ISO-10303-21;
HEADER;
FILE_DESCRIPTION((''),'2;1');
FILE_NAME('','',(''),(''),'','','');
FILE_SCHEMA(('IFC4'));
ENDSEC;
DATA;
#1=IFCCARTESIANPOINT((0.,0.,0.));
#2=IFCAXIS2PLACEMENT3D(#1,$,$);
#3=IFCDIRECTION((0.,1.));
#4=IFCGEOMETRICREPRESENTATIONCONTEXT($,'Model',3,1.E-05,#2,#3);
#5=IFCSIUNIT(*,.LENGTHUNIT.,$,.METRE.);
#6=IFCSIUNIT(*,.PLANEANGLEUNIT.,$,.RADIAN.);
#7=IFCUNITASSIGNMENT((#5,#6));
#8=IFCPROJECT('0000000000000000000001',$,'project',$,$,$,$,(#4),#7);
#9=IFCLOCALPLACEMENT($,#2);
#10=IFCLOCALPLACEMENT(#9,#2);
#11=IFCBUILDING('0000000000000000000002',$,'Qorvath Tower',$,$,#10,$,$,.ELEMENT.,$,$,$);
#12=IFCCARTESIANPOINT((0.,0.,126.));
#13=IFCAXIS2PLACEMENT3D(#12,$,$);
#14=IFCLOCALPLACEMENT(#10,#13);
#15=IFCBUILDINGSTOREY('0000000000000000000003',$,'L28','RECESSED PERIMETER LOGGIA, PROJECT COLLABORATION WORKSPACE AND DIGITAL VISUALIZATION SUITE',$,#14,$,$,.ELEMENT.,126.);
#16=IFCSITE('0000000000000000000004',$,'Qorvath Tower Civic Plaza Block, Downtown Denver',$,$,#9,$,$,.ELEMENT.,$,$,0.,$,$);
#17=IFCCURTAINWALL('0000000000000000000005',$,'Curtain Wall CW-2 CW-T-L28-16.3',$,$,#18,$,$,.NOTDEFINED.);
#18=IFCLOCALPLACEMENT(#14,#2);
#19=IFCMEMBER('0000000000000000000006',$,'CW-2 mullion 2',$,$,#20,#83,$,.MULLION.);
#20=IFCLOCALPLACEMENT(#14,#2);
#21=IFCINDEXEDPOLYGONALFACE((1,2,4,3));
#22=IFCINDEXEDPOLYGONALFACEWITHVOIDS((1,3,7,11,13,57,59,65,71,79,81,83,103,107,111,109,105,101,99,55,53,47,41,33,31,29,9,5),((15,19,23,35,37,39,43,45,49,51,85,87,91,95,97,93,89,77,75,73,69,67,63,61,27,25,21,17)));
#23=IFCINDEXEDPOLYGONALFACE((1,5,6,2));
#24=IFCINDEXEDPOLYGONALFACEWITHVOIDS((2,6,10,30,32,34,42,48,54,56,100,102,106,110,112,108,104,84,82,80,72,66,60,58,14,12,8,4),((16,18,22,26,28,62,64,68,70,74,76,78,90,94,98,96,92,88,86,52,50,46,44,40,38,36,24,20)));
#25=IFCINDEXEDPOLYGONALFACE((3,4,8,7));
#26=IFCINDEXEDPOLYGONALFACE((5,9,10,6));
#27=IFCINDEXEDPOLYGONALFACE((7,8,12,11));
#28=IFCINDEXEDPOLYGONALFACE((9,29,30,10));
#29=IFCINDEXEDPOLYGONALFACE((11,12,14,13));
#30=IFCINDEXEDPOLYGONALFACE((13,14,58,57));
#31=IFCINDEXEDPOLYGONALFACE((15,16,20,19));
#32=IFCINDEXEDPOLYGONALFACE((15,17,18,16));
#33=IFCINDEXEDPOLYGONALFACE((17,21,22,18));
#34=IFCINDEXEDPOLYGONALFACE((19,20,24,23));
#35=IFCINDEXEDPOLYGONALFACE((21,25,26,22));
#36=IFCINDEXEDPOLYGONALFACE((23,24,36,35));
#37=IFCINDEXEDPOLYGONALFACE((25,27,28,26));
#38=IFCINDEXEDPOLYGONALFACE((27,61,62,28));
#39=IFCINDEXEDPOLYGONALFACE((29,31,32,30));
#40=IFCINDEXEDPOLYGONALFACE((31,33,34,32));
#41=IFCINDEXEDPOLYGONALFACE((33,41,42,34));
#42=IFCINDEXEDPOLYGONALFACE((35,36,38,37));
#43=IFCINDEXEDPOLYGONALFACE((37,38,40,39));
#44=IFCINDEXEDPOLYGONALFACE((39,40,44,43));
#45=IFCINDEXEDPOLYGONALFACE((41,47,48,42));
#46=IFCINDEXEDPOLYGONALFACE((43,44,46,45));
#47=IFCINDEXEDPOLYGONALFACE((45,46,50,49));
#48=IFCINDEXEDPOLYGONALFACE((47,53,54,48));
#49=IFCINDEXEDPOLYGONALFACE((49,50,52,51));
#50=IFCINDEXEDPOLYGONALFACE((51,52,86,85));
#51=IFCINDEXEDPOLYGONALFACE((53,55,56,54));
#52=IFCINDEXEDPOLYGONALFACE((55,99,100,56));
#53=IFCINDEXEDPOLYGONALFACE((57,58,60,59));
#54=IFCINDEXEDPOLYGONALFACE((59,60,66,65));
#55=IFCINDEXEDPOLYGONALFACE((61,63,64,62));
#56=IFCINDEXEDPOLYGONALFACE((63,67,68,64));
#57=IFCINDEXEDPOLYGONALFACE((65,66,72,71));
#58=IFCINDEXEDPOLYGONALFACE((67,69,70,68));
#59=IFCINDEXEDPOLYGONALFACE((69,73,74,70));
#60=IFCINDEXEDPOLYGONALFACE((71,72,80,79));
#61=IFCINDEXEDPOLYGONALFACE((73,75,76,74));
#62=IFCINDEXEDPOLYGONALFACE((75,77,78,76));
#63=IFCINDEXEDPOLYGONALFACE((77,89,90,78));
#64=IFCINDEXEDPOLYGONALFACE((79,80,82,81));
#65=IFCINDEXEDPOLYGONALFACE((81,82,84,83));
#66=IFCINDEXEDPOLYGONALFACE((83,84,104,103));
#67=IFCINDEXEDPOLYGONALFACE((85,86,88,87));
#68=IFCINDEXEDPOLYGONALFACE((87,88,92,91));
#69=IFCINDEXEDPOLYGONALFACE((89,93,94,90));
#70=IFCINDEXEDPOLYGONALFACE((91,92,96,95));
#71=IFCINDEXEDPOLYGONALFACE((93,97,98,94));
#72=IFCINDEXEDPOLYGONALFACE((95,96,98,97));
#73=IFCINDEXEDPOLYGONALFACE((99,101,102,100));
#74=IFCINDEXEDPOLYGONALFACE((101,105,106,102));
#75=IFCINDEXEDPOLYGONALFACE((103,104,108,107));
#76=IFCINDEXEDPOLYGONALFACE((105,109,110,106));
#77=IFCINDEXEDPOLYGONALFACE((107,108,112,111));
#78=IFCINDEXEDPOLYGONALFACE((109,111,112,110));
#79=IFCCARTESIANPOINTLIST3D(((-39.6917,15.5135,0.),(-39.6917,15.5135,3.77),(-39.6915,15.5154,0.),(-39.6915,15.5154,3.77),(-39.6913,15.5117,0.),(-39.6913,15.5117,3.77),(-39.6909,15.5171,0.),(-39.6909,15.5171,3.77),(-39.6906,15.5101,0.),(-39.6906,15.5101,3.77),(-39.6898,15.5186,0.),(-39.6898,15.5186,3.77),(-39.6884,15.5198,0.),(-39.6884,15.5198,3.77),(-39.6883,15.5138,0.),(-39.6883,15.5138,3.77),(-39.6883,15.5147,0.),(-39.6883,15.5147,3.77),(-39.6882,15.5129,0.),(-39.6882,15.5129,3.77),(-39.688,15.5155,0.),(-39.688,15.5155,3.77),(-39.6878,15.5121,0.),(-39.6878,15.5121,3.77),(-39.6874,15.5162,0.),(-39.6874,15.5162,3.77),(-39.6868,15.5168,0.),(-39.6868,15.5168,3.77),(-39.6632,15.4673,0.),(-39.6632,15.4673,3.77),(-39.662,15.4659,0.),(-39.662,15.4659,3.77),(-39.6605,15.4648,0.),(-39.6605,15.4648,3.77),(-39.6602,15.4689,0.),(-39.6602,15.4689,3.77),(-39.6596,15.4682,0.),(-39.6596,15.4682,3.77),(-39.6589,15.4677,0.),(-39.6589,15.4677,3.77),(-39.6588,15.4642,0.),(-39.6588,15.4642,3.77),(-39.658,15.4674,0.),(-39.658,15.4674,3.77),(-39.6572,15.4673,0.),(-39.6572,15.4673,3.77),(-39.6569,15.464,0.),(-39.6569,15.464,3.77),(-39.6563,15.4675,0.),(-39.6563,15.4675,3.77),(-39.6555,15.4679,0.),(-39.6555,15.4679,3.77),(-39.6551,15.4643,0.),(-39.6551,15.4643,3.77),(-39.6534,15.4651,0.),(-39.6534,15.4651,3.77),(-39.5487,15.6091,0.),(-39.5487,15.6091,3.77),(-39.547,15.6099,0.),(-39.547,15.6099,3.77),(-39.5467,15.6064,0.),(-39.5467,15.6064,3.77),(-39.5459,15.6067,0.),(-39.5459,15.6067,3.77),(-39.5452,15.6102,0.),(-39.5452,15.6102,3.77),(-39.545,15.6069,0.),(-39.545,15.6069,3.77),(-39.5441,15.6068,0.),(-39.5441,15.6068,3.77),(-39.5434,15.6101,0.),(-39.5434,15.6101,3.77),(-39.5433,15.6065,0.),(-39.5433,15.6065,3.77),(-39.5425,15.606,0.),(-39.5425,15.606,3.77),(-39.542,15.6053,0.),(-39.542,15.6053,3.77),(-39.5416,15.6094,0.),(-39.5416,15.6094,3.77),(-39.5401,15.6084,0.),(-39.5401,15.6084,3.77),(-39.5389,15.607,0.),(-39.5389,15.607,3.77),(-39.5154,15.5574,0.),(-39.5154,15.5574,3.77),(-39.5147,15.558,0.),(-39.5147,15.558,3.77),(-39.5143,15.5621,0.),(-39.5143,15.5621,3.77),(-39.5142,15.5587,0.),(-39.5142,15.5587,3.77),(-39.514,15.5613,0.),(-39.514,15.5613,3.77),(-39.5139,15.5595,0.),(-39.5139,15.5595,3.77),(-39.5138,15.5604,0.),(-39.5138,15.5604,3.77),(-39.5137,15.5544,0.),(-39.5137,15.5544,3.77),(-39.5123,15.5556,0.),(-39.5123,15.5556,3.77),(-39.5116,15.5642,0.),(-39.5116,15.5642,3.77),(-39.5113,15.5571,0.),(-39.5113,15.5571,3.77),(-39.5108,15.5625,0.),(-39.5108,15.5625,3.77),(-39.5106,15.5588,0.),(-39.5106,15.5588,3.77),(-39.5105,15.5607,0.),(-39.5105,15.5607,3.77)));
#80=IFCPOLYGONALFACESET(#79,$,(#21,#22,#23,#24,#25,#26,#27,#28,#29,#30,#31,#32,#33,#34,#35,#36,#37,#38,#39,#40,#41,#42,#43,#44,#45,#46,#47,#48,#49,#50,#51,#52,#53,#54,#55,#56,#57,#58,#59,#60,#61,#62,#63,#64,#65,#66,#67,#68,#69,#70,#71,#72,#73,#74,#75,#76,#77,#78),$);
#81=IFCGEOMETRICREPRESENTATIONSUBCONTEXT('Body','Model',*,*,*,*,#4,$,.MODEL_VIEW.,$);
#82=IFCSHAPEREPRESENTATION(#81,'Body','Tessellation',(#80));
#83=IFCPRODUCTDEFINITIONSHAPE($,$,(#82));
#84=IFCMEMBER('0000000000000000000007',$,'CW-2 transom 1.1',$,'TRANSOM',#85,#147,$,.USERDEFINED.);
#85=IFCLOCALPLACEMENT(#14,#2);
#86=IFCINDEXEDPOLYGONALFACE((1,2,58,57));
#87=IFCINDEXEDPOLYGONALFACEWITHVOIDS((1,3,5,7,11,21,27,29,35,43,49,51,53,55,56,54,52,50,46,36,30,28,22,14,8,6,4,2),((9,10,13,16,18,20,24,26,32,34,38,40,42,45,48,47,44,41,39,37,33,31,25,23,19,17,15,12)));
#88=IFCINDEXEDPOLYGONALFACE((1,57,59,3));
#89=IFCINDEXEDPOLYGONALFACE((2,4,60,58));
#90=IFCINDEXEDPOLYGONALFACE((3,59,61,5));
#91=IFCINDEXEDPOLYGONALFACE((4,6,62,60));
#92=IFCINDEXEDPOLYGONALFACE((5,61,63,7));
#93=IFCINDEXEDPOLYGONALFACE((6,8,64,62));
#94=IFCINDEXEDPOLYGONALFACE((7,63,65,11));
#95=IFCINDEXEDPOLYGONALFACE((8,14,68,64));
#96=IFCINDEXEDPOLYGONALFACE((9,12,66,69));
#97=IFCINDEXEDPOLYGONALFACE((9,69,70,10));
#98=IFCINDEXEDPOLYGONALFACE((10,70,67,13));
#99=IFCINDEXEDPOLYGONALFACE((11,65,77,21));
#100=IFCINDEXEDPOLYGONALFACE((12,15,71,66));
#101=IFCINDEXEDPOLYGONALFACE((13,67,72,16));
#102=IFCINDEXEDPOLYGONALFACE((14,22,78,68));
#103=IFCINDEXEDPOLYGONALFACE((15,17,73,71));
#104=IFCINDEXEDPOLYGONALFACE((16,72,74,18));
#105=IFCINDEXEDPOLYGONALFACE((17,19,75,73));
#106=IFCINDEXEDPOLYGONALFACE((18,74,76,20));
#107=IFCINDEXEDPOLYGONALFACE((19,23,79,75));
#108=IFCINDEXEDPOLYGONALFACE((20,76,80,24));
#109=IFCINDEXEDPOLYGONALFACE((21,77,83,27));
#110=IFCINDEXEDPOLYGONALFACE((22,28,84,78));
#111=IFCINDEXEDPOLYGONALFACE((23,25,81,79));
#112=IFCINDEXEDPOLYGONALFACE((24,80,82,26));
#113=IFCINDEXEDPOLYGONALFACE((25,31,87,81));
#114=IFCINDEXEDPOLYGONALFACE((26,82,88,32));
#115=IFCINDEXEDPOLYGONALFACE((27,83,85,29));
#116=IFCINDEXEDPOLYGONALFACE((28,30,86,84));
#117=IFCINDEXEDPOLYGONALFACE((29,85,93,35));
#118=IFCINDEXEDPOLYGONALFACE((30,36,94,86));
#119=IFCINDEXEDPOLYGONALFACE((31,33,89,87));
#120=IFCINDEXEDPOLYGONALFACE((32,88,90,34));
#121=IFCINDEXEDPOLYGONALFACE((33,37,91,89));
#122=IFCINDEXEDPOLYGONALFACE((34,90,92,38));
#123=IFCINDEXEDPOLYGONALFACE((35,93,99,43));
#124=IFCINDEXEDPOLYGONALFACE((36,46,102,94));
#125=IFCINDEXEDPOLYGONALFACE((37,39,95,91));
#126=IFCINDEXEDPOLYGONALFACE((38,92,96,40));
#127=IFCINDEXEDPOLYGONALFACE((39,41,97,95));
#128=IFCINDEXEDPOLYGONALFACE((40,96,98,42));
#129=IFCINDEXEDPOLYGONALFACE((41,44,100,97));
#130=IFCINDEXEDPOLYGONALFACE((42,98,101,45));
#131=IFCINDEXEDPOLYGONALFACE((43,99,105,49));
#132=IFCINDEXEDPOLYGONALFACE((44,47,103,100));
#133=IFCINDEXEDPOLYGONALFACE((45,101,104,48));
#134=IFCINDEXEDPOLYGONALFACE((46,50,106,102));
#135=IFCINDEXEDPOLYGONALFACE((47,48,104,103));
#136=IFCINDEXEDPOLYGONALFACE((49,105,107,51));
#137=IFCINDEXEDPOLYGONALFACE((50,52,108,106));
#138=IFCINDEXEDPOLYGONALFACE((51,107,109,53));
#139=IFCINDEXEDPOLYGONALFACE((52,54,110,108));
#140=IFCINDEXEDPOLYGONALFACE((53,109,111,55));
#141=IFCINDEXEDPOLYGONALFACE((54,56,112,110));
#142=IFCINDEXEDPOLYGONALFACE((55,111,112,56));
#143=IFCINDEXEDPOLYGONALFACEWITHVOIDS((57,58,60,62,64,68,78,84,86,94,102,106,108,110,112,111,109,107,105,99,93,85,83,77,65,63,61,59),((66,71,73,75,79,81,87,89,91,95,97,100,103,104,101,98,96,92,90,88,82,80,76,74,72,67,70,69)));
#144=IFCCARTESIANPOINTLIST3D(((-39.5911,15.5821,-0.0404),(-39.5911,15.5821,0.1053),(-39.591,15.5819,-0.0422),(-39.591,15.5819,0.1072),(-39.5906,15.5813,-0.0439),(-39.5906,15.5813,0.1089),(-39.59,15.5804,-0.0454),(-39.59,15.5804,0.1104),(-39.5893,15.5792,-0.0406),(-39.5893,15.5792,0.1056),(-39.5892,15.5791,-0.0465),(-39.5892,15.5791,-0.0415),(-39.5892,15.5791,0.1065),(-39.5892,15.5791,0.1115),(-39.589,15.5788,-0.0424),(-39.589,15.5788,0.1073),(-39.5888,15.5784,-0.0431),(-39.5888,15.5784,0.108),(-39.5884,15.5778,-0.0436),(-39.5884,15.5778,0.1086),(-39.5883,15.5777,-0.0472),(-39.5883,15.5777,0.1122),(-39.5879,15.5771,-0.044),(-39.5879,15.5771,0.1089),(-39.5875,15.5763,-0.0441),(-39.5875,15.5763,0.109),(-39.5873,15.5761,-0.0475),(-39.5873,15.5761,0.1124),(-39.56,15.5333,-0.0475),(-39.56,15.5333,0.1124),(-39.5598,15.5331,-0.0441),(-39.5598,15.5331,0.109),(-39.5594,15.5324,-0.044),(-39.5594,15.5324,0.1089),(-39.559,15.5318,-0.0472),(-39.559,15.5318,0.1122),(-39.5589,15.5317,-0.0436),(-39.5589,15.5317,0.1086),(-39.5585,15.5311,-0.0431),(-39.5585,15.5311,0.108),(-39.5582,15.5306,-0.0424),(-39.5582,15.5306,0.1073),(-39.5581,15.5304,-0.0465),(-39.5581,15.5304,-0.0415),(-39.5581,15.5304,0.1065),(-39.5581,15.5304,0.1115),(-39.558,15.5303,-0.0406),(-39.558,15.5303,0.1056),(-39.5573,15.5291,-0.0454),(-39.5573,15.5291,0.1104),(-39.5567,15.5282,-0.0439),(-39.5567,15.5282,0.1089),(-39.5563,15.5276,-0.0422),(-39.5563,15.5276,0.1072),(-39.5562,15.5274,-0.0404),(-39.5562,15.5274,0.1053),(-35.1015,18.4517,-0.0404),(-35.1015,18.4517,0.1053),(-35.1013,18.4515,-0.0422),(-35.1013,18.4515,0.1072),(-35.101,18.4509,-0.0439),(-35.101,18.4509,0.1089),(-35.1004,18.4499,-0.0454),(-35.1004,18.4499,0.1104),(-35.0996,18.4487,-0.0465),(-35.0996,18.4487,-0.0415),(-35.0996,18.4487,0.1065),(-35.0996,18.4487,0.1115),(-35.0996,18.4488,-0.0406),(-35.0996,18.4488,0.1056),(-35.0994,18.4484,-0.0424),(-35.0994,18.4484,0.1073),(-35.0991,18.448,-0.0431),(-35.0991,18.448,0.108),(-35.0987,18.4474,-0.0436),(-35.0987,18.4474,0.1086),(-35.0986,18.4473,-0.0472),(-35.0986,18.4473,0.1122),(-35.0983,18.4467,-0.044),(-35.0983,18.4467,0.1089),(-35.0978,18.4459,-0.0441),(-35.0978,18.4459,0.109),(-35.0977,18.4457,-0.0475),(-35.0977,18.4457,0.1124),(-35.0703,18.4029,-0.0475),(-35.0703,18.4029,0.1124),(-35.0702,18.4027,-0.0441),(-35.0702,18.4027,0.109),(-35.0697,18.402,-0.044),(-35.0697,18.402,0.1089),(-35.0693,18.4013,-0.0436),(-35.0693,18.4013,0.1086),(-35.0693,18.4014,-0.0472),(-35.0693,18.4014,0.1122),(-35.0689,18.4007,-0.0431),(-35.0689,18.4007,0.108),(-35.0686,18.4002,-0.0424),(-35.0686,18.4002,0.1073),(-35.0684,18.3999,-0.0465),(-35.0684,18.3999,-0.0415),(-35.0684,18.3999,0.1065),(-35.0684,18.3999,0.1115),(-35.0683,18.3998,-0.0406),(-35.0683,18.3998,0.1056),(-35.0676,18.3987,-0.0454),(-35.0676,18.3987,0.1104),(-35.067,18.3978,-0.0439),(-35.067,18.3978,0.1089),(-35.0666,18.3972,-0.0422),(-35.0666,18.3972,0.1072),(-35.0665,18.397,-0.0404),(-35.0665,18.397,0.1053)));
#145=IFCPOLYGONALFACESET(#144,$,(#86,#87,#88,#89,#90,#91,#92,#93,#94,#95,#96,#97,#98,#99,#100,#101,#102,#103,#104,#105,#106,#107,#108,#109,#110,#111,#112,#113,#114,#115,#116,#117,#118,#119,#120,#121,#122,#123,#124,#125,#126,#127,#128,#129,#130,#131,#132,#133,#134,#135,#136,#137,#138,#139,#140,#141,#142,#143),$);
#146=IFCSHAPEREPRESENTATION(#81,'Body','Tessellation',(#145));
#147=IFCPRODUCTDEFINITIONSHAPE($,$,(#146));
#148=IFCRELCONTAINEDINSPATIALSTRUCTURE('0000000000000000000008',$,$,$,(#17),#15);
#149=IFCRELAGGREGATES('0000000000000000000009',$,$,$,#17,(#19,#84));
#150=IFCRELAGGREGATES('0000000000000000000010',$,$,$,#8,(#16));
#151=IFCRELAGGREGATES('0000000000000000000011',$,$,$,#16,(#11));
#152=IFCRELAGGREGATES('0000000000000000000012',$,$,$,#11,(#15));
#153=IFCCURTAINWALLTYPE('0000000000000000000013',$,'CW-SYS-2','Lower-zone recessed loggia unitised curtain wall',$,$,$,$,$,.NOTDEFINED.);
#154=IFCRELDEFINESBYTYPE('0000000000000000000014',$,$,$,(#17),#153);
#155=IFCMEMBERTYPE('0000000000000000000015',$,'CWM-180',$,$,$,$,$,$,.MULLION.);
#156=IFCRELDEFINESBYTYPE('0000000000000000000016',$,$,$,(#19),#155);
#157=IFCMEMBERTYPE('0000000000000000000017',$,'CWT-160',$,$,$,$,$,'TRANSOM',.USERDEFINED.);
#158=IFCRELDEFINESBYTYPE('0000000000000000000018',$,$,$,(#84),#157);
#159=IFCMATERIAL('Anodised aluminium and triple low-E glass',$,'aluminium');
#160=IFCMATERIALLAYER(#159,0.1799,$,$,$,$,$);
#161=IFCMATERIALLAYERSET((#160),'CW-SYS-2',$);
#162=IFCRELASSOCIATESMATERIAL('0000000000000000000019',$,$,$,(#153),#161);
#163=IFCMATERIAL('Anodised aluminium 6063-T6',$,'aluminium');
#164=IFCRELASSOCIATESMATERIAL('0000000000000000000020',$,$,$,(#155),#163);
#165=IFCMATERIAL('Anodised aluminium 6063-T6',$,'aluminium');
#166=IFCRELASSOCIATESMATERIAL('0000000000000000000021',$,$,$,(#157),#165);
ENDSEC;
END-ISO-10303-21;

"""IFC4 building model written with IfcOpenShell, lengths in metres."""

from ifc_helpers import new_model, si_unit, direction, frame, origin, origin_2d, place, context, subcontext, project, spatial, hollow_rectangle, extrude, material, layer, layer_set, material_profile, profile_set, type_object, element, aggregate, save


model = new_model("IFC4")

# Units and contexts
model_context = context("Model", 3, precision=1e-05, world=origin(), true_north=direction((0.0, 1.0)))
body_context = subcontext(model_context, "Body", "Model", "MODEL_VIEW")
ifc_project = project(units=[si_unit("LENGTHUNIT", "METRE"), si_unit("PLANEANGLEUNIT", "RADIAN")], contexts=[model_context])

# Site, building, storey
site_placement = place(None, origin())
site = spatial("IfcSite", under=ifc_project, at=site_placement, Name="Qorvath Tower Civic Plaza Block, Downtown Denver", CompositionType="ELEMENT", RefElevation=0.0)
building_placement = place(site_placement, origin())
building = spatial("IfcBuilding", under=site, at=building_placement, Name="Qorvath Tower", CompositionType="ELEMENT")
storey_placement = place(building_placement, frame((0.0, 0.0, 126.0)))
storey = spatial("IfcBuildingStorey", under=building, at=storey_placement, Name="L28", Description="RECESSED PERIMETER LOGGIA, PROJECT COLLABORATION WORKSPACE AND DIGITAL VISUALIZATION SUITE", CompositionType="ELEMENT", Elevation=126.0)

# Shared definitions
ifc_material_1 = material(Name="Anodised aluminium and triple low-E glass", Category="aluminium")
ifc_layer_1 = layer(ifc_material_1, 0.1799)
ifc_layer_set_1 = layer_set([ifc_layer_1], Name="CW-SYS-2")
curtain_wall_type = type_object("IfcCurtainWallType", Name="CW-SYS-2", Description="Lower-zone recessed loggia unitised curtain wall", PredefinedType="NOTDEFINED", material=ifc_layer_set_1)
ifc_material_2 = material(Name="Anodised aluminium 6063-T6", Category="aluminium")
ifc_material_profile_1 = material_profile(ifc_material_2, hollow_rectangle(XDim=0.0649, YDim=0.1799, WallThickness=0.0034, InnerFilletRadius=0.0034, OuterFilletRadius=0.0071, at=origin_2d()), Name="CWM 180x65")
ifc_profile_set_1 = profile_set([ifc_material_profile_1], Name="Anodised aluminium 6063-T6")
member_type_1 = type_object("IfcMemberType", Name="CWM-180", PredefinedType="MULLION", material=ifc_profile_set_1)

# Curtain wall, members
curtain_wall_1_placement = place(storey_placement, origin())
curtain_wall_1 = element("IfcCurtainWall", 1, at=curtain_wall_1_placement, inside=storey, type_object=curtain_wall_type, Name="Curtain Wall CW-2 CW-T-L28-16.3", PredefinedType="NOTDEFINED")
member_1_placement = place(storey_placement, frame((-39.6011, 15.5371, 0.0), z_axis=(0.0, 0.0, 1.0), x_axis=(0.538534, -0.842604, 0.0)))
member_1 = element("IfcMember", 2, at=member_1_placement, type_object=member_type_1, Name="CW-2 mullion 2", PredefinedType="MULLION", context=body_context, shape_type="SweptSolid", body=[
    extrude(hollow_rectangle(XDim=0.0649, YDim=0.1799, WallThickness=0.0034, InnerFilletRadius=0.0034, OuterFilletRadius=0.0071, at=origin_2d()), origin(), (0.0, 0.0, 1.0), 3.77),
])
ifc_material_3 = material(Name="Anodised aluminium 6063-T6", Category="aluminium")
ifc_material_profile_2 = material_profile(ifc_material_3, hollow_rectangle(XDim=0.0649, YDim=0.1599, WallThickness=0.0034, InnerFilletRadius=0.0034, OuterFilletRadius=0.0071, at=origin_2d()), Name="CWT 160x65")
ifc_profile_set_2 = profile_set([ifc_material_profile_2], Name="Anodised aluminium 6063-T6")
member_type_2 = type_object("IfcMemberType", Name="CWT-160", ElementType="TRANSOM", PredefinedType="USERDEFINED", material=ifc_profile_set_2)
member_2_placement = place(storey_placement, frame((-35.084, 18.4243, 0.0325), z_axis=(-0.842596, -0.538547, 0.0), x_axis=(0.538547, -0.842596, 0.0)))
member_2 = element("IfcMember", 3, at=member_2_placement, type_object=member_type_2, Name="CW-2 transom 1.1", ObjectType="TRANSOM", PredefinedType="USERDEFINED", context=body_context, shape_type="SweptSolid", body=[
    extrude(hollow_rectangle(XDim=0.0649, YDim=0.1599, WallThickness=0.0034, InnerFilletRadius=0.0034, OuterFilletRadius=0.0071, at=origin_2d()), origin(), (0.0, 0.0, 1.0), 5.3284),
])
aggregate(curtain_wall_1, [member_1, member_2])

save(model, "model.ifc")
